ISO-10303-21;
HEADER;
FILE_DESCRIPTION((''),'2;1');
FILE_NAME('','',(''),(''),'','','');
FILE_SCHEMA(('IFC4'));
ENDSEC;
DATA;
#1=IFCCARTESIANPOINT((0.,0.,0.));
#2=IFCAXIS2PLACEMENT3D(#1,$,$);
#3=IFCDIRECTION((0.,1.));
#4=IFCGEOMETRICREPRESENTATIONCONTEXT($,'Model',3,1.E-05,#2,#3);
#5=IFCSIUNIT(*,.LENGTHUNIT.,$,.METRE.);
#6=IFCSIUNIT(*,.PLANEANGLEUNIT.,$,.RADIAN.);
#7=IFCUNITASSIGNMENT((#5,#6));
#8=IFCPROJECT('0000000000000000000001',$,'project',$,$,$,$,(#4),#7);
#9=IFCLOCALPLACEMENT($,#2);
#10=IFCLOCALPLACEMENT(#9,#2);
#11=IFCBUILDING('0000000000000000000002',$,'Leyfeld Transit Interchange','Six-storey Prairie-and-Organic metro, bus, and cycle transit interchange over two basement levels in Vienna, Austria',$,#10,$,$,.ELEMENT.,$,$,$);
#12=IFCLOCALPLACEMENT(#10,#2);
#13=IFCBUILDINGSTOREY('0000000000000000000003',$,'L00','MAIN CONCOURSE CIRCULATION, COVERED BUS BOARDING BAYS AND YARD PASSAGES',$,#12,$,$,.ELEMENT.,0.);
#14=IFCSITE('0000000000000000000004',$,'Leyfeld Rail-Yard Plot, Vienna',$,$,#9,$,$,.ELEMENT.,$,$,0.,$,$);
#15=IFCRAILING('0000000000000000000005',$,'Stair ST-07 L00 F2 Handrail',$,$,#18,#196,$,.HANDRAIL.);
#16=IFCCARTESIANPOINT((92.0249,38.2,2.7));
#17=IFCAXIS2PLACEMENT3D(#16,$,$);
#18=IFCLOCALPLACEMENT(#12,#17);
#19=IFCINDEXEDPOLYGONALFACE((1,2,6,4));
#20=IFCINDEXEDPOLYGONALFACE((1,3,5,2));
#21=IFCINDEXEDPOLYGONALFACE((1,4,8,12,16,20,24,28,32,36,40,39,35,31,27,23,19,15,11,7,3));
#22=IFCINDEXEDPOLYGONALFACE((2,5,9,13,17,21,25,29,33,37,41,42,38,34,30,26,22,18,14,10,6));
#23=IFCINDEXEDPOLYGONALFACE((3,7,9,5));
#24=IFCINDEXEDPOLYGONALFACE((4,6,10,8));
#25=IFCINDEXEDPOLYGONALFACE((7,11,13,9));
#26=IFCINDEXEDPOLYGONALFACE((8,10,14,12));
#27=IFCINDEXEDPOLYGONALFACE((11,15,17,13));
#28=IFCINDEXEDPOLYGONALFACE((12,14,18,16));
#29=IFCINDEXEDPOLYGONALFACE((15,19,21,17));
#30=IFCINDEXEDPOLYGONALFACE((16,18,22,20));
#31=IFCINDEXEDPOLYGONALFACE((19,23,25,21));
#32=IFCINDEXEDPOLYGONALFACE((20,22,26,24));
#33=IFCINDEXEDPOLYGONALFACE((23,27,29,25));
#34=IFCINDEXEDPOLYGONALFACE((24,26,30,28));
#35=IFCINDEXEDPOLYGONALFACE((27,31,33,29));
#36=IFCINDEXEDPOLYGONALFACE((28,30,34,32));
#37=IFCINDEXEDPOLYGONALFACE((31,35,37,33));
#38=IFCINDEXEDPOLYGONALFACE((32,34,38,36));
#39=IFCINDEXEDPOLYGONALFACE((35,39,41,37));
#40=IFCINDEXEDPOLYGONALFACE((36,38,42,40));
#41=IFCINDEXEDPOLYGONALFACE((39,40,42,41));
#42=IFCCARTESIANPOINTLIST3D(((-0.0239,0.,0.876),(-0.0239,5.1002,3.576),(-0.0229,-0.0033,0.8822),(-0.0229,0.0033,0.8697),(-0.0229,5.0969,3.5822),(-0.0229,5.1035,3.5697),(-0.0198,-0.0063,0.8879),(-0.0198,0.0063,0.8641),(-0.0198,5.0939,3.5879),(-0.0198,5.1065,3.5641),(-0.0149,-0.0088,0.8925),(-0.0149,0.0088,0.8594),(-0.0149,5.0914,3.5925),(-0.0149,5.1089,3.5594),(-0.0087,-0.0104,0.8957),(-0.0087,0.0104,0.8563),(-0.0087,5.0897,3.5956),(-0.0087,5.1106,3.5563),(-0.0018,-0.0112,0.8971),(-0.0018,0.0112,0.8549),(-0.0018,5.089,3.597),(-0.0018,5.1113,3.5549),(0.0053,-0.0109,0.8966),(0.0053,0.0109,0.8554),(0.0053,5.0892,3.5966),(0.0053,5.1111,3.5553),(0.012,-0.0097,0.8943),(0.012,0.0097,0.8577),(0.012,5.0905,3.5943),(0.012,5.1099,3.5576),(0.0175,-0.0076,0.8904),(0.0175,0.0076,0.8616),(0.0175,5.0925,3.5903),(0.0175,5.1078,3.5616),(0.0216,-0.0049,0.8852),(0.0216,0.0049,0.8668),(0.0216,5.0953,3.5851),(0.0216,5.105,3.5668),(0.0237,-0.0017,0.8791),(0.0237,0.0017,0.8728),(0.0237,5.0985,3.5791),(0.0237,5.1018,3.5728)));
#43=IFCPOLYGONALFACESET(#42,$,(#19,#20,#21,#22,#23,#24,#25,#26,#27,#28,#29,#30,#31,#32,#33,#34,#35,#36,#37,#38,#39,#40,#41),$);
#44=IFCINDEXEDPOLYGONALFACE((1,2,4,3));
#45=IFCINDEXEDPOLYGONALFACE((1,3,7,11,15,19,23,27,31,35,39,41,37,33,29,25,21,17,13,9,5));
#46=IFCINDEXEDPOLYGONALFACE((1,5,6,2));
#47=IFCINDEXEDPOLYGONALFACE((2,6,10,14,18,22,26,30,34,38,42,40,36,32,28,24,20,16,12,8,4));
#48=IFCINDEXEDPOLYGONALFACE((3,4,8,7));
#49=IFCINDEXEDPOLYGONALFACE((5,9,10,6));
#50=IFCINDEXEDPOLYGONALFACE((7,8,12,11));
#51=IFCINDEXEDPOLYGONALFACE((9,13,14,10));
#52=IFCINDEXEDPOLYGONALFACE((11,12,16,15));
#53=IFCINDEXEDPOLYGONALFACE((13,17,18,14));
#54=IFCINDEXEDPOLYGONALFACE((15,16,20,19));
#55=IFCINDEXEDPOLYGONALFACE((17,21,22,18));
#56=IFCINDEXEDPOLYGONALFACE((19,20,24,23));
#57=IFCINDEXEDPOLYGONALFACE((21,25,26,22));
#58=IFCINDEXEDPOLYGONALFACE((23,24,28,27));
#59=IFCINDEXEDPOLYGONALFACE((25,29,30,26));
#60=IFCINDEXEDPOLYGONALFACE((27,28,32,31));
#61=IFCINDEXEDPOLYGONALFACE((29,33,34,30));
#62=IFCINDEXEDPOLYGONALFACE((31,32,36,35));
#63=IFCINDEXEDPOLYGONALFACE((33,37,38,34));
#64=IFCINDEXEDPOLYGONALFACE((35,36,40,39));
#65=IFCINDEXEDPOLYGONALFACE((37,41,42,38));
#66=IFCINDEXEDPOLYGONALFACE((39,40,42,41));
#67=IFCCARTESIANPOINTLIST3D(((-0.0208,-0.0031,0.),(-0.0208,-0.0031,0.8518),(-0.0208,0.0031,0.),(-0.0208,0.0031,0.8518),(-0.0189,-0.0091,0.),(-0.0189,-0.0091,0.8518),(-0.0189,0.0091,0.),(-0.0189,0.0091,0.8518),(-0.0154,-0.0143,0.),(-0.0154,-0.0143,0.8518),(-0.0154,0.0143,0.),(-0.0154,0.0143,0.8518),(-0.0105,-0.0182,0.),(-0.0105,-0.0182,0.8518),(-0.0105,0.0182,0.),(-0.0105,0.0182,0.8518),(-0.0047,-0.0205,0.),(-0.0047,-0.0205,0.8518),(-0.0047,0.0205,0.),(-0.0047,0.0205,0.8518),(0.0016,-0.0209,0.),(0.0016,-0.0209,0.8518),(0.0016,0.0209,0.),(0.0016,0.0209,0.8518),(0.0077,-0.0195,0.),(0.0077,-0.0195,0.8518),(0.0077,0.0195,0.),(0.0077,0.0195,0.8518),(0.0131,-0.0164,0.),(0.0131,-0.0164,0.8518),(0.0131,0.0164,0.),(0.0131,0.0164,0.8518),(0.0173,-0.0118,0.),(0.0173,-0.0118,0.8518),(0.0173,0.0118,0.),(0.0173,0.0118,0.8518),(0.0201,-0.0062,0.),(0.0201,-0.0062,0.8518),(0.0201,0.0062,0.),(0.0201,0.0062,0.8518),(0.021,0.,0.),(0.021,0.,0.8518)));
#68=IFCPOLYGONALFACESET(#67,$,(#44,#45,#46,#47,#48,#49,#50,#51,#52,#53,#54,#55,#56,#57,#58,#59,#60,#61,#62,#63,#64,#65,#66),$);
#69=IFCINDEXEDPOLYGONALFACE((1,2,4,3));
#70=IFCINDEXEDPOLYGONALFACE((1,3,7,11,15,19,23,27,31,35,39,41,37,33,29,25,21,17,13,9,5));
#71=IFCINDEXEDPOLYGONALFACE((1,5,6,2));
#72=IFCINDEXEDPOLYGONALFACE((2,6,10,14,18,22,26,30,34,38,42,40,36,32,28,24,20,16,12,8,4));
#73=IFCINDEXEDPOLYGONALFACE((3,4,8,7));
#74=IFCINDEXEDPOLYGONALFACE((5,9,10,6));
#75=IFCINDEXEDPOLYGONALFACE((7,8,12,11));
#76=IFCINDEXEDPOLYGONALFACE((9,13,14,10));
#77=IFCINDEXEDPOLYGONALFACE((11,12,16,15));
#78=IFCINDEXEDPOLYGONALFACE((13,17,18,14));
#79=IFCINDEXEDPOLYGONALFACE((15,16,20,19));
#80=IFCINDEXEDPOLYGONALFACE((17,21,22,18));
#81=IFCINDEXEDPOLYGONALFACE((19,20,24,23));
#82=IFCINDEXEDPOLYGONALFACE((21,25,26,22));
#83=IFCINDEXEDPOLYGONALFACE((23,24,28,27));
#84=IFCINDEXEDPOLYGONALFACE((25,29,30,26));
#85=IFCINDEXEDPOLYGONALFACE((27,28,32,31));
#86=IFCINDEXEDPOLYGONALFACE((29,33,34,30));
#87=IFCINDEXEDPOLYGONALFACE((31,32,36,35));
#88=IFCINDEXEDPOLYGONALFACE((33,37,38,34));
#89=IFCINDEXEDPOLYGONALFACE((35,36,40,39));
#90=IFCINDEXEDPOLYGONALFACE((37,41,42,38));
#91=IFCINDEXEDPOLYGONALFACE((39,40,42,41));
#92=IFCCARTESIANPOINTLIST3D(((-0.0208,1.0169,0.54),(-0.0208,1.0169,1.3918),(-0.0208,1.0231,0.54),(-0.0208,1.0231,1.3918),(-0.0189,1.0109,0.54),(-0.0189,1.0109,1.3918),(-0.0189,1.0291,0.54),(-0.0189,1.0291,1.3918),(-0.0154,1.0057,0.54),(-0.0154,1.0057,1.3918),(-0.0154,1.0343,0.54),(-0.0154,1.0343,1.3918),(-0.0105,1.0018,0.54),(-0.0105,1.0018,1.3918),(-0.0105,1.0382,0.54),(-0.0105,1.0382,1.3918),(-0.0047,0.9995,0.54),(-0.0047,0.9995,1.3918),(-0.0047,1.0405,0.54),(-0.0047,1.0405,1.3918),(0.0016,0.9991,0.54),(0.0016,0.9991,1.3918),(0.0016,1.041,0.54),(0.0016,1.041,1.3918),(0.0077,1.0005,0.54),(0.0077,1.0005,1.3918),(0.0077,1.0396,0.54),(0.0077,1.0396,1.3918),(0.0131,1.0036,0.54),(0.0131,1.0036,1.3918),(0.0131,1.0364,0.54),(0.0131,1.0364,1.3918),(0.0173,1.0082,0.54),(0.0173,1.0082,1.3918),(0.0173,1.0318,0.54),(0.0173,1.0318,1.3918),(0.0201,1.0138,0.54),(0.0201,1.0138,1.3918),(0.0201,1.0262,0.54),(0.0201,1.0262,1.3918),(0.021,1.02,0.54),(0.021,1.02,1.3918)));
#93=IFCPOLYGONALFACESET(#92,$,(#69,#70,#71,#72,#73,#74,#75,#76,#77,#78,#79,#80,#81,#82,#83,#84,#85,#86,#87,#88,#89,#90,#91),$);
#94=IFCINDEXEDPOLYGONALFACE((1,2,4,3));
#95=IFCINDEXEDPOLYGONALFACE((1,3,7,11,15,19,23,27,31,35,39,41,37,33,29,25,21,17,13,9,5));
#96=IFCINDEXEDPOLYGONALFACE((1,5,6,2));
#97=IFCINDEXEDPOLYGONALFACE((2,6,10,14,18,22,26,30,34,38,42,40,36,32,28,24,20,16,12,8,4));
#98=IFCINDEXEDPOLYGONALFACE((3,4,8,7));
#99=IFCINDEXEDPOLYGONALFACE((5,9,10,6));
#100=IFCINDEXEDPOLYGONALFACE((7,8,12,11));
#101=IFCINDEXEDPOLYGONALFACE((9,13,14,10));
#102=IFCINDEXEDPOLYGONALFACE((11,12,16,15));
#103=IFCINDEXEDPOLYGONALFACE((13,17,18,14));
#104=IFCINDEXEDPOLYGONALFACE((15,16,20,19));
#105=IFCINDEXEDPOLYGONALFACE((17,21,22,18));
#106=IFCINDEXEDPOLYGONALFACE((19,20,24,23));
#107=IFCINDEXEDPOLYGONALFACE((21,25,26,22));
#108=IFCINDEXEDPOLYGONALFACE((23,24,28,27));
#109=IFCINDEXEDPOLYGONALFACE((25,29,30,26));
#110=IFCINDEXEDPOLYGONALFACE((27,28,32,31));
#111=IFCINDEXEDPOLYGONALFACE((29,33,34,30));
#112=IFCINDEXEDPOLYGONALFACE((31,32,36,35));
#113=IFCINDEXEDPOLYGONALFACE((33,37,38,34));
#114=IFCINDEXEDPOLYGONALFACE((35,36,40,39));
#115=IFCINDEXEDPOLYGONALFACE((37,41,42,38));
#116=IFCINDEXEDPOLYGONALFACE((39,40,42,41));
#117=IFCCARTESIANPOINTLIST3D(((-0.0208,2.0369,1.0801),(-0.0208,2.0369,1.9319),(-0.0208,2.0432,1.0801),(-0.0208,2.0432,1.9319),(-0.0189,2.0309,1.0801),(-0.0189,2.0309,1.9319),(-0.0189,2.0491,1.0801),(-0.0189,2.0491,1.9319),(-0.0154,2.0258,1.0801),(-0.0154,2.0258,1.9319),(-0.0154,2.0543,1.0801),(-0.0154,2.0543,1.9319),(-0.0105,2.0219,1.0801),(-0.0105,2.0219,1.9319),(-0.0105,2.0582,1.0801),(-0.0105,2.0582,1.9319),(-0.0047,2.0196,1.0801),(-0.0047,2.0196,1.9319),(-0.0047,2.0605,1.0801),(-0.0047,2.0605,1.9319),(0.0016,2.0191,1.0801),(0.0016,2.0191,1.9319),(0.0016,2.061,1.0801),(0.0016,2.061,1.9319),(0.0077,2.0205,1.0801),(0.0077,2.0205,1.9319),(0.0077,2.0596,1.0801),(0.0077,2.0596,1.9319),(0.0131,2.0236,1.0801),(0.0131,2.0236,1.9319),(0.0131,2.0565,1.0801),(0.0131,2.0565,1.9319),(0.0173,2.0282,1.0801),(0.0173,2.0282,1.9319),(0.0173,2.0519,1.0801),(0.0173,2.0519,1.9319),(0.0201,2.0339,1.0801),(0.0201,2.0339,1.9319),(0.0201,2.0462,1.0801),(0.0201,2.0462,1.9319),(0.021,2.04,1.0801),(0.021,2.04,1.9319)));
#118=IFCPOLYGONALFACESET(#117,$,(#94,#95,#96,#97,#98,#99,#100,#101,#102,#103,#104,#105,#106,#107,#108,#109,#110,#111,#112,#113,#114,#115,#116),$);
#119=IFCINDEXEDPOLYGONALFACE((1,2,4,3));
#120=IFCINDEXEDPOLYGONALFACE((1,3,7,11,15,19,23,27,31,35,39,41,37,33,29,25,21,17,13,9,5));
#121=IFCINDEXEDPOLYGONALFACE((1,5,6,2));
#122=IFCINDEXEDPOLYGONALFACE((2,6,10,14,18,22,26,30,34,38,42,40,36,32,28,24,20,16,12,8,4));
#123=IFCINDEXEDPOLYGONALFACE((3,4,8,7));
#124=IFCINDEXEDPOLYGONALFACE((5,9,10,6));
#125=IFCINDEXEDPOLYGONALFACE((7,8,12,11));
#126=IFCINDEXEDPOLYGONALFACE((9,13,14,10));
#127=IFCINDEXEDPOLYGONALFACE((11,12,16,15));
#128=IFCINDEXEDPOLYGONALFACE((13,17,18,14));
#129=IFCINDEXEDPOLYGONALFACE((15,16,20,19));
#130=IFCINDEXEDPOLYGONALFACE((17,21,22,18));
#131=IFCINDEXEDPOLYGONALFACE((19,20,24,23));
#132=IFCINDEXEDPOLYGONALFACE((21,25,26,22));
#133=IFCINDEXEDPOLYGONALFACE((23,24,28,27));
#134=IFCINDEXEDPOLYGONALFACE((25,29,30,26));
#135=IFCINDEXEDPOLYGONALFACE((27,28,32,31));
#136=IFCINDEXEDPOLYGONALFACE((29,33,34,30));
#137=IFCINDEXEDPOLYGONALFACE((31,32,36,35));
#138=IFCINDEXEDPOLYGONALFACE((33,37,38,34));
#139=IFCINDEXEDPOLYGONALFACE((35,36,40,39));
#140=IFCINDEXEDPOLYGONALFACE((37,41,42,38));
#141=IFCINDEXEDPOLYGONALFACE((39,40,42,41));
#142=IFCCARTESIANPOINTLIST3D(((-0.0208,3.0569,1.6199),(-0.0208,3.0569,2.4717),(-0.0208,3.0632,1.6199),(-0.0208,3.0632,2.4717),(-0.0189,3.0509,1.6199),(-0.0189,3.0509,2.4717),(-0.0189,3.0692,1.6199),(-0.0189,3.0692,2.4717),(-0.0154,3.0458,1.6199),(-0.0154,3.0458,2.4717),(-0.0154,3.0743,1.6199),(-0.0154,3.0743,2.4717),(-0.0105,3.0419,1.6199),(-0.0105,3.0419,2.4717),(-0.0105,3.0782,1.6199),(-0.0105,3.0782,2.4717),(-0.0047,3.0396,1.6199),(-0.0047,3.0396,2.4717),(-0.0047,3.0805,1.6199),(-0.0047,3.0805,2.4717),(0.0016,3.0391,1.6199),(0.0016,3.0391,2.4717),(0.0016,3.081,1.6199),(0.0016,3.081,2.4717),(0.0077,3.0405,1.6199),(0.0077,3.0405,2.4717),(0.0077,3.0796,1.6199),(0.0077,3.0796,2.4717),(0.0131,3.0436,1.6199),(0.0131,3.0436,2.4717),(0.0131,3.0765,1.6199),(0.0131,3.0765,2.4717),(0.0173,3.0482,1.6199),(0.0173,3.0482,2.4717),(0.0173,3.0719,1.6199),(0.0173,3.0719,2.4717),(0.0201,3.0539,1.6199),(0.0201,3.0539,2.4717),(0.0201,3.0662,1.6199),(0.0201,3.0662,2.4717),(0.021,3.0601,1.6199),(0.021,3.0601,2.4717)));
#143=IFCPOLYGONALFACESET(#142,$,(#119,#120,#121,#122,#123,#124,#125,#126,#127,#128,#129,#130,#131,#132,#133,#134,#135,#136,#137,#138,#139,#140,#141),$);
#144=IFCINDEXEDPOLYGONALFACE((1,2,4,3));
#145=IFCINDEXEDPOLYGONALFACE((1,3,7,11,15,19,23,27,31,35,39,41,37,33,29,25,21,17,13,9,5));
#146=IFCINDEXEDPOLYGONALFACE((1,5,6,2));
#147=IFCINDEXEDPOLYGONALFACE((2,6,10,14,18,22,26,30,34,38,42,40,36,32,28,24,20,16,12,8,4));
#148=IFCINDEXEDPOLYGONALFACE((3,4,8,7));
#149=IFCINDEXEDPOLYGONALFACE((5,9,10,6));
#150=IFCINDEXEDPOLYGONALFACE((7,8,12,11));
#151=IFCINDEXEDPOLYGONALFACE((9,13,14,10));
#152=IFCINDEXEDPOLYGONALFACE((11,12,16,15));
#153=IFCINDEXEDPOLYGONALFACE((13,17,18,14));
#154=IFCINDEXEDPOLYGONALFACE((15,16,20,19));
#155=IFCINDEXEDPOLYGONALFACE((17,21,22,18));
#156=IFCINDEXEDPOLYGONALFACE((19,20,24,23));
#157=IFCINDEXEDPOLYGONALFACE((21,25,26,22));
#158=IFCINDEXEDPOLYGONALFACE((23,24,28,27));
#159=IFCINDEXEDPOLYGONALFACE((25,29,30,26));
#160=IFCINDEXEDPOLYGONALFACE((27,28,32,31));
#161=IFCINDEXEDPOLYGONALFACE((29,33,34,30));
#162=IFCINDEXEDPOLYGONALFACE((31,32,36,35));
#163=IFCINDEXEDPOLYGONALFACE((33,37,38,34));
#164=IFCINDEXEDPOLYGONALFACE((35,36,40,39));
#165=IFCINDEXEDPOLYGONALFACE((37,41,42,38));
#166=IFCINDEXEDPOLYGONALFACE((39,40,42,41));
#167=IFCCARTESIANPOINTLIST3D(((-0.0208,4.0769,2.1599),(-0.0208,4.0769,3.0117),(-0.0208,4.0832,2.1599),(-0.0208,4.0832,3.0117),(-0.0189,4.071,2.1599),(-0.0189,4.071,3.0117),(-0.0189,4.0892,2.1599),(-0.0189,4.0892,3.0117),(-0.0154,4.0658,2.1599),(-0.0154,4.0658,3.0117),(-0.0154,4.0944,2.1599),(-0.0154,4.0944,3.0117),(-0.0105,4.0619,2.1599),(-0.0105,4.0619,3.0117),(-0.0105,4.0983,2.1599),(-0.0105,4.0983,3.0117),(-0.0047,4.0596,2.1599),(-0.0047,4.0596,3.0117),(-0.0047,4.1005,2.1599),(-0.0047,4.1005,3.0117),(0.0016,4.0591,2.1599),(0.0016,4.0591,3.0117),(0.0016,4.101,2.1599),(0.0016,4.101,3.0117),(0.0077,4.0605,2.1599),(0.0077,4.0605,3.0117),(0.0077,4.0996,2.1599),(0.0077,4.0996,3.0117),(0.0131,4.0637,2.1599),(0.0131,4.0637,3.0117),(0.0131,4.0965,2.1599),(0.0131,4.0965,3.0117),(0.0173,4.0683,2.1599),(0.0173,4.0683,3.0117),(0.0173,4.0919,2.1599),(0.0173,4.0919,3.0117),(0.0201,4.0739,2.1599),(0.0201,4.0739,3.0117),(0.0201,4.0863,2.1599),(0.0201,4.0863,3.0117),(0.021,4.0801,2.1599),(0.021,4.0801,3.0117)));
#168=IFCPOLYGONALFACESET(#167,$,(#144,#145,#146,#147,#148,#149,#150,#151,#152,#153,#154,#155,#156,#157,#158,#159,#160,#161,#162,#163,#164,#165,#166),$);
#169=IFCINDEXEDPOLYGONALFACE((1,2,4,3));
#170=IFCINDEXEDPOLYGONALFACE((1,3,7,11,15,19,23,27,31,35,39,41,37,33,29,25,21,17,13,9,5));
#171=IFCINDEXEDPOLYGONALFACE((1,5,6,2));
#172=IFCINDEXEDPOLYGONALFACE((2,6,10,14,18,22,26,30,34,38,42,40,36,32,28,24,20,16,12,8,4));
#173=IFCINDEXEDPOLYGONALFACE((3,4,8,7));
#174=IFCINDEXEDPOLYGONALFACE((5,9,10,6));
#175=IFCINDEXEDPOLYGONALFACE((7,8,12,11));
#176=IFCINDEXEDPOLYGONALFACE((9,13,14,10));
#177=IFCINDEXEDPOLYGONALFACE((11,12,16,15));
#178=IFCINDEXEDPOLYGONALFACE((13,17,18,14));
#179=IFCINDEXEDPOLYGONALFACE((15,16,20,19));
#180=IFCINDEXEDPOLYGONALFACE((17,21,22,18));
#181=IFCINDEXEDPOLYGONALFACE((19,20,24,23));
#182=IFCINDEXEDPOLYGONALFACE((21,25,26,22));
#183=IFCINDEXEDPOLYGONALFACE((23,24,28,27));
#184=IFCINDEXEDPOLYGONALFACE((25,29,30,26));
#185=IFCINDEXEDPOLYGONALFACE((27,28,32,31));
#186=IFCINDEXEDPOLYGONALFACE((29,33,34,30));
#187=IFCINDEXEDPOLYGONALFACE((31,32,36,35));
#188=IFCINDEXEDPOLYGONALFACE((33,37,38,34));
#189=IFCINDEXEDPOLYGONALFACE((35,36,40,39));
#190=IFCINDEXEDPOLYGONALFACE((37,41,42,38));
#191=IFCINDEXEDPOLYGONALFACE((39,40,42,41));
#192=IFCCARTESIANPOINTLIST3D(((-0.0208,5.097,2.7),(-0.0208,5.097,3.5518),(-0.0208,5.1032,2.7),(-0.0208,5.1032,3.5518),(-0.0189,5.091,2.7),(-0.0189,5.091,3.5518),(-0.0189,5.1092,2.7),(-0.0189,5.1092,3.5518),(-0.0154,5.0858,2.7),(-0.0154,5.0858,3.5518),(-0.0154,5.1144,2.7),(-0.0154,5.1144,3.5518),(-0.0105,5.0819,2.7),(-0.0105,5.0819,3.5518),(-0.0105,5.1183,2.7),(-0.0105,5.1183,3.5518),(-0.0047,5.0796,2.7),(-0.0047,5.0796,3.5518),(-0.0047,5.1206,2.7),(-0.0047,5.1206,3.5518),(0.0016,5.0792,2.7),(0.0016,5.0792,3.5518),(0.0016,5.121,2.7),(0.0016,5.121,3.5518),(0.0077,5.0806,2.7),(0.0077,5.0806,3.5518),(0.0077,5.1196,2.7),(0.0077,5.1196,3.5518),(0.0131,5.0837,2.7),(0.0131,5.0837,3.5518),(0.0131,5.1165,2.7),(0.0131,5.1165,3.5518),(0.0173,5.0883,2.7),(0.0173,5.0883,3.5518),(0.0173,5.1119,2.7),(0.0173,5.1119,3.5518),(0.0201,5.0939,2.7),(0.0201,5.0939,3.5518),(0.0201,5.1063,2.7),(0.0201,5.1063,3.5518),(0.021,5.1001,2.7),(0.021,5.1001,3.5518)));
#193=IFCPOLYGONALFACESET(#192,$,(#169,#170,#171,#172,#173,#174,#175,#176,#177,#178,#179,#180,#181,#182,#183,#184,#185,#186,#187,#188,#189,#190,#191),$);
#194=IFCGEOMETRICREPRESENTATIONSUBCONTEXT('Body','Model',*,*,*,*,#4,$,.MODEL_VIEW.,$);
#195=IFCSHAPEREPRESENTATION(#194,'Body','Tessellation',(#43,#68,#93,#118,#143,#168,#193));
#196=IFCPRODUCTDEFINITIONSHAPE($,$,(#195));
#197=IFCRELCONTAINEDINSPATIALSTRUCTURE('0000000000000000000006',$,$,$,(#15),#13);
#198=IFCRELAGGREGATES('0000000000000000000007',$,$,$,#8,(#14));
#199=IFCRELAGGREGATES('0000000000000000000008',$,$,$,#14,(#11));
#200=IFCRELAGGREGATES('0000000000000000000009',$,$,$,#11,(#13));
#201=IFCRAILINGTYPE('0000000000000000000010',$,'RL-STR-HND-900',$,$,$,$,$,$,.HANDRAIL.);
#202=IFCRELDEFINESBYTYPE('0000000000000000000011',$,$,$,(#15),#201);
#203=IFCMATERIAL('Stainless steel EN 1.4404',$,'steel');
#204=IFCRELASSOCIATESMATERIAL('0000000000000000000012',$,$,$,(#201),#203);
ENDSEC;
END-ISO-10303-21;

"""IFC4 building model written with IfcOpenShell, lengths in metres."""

from ifc_helpers import new_model, si_unit, direction, frame, origin, origin_2d, place, context, subcontext, project, spatial, circle, extrude, material, type_object, element, save


model = new_model("IFC4")

# Units and contexts
model_context = context("Model", 3, precision=1e-05, world=origin(), true_north=direction((0.0, 1.0)))
body_context = subcontext(model_context, "Body", "Model", "MODEL_VIEW")
ifc_project = project(units=[si_unit("LENGTHUNIT", "METRE"), si_unit("PLANEANGLEUNIT", "RADIAN")], contexts=[model_context])

# Site, building, storey
site_placement = place(None, origin())
site = spatial("IfcSite", under=ifc_project, at=site_placement, Name="Leyfeld Rail-Yard Plot, Vienna", CompositionType="ELEMENT", RefElevation=0.0)
building_placement = place(site_placement, origin())
building = spatial("IfcBuilding", under=site, at=building_placement, Name="Leyfeld Transit Interchange", Description="Six-storey Prairie-and-Organic metro, bus, and cycle transit interchange over two basement levels in Vienna, Austria", CompositionType="ELEMENT")
storey_placement = place(building_placement, origin())
storey = spatial("IfcBuildingStorey", under=building, at=storey_placement, Name="L00", Description="MAIN CONCOURSE CIRCULATION, COVERED BUS BOARDING BAYS AND YARD PASSAGES", CompositionType="ELEMENT", Elevation=0.0)

# Railing
ifc_material_1 = material(Name="Stainless steel EN 1.4404", Category="steel")
railing_type_1 = type_object("IfcRailingType", Name="RL-STR-HND-900", PredefinedType="HANDRAIL", material=ifc_material_1)
railing_1_placement = place(storey_placement, frame((92.0249, 38.2, 2.7)))
element("IfcRailing", 1, at=railing_1_placement, inside=storey, type_object=railing_type_1, Name="Stair ST-07 L00 F2 Handrail", PredefinedType="HANDRAIL", context=body_context, shape_type="SweptSolid", body=[
    extrude(circle(Radius=0.0239, at=origin_2d()), frame((0.0, 0.0, 0.876), z_axis=(0.0, 0.883795, 0.467874), x_axis=(-1.0, 0.0, 0.0)), (0.0, 0.0, 1.0), 5.7708),
    extrude(circle(Radius=0.021, at=origin_2d()), origin(), (0.0, 0.0, 1.0), 0.8518),
    extrude(circle(Radius=0.021, at=origin_2d()), frame((0.0, 1.02, 0.54)), (0.0, 0.0, 1.0), 0.8518),
    extrude(circle(Radius=0.021, at=origin_2d()), frame((0.0, 2.04, 1.0801)), (0.0, 0.0, 1.0), 0.8518),
    extrude(circle(Radius=0.021, at=origin_2d()), frame((0.0, 3.0601, 1.6199)), (0.0, 0.0, 1.0), 0.8518),
    extrude(circle(Radius=0.021, at=origin_2d()), frame((0.0, 4.0801, 2.1599)), (0.0, 0.0, 1.0), 0.8518),
    extrude(circle(Radius=0.021, at=origin_2d()), frame((0.0, 5.1001, 2.7)), (0.0, 0.0, 1.0), 0.8518),
])

save(model, "model.ifc")
